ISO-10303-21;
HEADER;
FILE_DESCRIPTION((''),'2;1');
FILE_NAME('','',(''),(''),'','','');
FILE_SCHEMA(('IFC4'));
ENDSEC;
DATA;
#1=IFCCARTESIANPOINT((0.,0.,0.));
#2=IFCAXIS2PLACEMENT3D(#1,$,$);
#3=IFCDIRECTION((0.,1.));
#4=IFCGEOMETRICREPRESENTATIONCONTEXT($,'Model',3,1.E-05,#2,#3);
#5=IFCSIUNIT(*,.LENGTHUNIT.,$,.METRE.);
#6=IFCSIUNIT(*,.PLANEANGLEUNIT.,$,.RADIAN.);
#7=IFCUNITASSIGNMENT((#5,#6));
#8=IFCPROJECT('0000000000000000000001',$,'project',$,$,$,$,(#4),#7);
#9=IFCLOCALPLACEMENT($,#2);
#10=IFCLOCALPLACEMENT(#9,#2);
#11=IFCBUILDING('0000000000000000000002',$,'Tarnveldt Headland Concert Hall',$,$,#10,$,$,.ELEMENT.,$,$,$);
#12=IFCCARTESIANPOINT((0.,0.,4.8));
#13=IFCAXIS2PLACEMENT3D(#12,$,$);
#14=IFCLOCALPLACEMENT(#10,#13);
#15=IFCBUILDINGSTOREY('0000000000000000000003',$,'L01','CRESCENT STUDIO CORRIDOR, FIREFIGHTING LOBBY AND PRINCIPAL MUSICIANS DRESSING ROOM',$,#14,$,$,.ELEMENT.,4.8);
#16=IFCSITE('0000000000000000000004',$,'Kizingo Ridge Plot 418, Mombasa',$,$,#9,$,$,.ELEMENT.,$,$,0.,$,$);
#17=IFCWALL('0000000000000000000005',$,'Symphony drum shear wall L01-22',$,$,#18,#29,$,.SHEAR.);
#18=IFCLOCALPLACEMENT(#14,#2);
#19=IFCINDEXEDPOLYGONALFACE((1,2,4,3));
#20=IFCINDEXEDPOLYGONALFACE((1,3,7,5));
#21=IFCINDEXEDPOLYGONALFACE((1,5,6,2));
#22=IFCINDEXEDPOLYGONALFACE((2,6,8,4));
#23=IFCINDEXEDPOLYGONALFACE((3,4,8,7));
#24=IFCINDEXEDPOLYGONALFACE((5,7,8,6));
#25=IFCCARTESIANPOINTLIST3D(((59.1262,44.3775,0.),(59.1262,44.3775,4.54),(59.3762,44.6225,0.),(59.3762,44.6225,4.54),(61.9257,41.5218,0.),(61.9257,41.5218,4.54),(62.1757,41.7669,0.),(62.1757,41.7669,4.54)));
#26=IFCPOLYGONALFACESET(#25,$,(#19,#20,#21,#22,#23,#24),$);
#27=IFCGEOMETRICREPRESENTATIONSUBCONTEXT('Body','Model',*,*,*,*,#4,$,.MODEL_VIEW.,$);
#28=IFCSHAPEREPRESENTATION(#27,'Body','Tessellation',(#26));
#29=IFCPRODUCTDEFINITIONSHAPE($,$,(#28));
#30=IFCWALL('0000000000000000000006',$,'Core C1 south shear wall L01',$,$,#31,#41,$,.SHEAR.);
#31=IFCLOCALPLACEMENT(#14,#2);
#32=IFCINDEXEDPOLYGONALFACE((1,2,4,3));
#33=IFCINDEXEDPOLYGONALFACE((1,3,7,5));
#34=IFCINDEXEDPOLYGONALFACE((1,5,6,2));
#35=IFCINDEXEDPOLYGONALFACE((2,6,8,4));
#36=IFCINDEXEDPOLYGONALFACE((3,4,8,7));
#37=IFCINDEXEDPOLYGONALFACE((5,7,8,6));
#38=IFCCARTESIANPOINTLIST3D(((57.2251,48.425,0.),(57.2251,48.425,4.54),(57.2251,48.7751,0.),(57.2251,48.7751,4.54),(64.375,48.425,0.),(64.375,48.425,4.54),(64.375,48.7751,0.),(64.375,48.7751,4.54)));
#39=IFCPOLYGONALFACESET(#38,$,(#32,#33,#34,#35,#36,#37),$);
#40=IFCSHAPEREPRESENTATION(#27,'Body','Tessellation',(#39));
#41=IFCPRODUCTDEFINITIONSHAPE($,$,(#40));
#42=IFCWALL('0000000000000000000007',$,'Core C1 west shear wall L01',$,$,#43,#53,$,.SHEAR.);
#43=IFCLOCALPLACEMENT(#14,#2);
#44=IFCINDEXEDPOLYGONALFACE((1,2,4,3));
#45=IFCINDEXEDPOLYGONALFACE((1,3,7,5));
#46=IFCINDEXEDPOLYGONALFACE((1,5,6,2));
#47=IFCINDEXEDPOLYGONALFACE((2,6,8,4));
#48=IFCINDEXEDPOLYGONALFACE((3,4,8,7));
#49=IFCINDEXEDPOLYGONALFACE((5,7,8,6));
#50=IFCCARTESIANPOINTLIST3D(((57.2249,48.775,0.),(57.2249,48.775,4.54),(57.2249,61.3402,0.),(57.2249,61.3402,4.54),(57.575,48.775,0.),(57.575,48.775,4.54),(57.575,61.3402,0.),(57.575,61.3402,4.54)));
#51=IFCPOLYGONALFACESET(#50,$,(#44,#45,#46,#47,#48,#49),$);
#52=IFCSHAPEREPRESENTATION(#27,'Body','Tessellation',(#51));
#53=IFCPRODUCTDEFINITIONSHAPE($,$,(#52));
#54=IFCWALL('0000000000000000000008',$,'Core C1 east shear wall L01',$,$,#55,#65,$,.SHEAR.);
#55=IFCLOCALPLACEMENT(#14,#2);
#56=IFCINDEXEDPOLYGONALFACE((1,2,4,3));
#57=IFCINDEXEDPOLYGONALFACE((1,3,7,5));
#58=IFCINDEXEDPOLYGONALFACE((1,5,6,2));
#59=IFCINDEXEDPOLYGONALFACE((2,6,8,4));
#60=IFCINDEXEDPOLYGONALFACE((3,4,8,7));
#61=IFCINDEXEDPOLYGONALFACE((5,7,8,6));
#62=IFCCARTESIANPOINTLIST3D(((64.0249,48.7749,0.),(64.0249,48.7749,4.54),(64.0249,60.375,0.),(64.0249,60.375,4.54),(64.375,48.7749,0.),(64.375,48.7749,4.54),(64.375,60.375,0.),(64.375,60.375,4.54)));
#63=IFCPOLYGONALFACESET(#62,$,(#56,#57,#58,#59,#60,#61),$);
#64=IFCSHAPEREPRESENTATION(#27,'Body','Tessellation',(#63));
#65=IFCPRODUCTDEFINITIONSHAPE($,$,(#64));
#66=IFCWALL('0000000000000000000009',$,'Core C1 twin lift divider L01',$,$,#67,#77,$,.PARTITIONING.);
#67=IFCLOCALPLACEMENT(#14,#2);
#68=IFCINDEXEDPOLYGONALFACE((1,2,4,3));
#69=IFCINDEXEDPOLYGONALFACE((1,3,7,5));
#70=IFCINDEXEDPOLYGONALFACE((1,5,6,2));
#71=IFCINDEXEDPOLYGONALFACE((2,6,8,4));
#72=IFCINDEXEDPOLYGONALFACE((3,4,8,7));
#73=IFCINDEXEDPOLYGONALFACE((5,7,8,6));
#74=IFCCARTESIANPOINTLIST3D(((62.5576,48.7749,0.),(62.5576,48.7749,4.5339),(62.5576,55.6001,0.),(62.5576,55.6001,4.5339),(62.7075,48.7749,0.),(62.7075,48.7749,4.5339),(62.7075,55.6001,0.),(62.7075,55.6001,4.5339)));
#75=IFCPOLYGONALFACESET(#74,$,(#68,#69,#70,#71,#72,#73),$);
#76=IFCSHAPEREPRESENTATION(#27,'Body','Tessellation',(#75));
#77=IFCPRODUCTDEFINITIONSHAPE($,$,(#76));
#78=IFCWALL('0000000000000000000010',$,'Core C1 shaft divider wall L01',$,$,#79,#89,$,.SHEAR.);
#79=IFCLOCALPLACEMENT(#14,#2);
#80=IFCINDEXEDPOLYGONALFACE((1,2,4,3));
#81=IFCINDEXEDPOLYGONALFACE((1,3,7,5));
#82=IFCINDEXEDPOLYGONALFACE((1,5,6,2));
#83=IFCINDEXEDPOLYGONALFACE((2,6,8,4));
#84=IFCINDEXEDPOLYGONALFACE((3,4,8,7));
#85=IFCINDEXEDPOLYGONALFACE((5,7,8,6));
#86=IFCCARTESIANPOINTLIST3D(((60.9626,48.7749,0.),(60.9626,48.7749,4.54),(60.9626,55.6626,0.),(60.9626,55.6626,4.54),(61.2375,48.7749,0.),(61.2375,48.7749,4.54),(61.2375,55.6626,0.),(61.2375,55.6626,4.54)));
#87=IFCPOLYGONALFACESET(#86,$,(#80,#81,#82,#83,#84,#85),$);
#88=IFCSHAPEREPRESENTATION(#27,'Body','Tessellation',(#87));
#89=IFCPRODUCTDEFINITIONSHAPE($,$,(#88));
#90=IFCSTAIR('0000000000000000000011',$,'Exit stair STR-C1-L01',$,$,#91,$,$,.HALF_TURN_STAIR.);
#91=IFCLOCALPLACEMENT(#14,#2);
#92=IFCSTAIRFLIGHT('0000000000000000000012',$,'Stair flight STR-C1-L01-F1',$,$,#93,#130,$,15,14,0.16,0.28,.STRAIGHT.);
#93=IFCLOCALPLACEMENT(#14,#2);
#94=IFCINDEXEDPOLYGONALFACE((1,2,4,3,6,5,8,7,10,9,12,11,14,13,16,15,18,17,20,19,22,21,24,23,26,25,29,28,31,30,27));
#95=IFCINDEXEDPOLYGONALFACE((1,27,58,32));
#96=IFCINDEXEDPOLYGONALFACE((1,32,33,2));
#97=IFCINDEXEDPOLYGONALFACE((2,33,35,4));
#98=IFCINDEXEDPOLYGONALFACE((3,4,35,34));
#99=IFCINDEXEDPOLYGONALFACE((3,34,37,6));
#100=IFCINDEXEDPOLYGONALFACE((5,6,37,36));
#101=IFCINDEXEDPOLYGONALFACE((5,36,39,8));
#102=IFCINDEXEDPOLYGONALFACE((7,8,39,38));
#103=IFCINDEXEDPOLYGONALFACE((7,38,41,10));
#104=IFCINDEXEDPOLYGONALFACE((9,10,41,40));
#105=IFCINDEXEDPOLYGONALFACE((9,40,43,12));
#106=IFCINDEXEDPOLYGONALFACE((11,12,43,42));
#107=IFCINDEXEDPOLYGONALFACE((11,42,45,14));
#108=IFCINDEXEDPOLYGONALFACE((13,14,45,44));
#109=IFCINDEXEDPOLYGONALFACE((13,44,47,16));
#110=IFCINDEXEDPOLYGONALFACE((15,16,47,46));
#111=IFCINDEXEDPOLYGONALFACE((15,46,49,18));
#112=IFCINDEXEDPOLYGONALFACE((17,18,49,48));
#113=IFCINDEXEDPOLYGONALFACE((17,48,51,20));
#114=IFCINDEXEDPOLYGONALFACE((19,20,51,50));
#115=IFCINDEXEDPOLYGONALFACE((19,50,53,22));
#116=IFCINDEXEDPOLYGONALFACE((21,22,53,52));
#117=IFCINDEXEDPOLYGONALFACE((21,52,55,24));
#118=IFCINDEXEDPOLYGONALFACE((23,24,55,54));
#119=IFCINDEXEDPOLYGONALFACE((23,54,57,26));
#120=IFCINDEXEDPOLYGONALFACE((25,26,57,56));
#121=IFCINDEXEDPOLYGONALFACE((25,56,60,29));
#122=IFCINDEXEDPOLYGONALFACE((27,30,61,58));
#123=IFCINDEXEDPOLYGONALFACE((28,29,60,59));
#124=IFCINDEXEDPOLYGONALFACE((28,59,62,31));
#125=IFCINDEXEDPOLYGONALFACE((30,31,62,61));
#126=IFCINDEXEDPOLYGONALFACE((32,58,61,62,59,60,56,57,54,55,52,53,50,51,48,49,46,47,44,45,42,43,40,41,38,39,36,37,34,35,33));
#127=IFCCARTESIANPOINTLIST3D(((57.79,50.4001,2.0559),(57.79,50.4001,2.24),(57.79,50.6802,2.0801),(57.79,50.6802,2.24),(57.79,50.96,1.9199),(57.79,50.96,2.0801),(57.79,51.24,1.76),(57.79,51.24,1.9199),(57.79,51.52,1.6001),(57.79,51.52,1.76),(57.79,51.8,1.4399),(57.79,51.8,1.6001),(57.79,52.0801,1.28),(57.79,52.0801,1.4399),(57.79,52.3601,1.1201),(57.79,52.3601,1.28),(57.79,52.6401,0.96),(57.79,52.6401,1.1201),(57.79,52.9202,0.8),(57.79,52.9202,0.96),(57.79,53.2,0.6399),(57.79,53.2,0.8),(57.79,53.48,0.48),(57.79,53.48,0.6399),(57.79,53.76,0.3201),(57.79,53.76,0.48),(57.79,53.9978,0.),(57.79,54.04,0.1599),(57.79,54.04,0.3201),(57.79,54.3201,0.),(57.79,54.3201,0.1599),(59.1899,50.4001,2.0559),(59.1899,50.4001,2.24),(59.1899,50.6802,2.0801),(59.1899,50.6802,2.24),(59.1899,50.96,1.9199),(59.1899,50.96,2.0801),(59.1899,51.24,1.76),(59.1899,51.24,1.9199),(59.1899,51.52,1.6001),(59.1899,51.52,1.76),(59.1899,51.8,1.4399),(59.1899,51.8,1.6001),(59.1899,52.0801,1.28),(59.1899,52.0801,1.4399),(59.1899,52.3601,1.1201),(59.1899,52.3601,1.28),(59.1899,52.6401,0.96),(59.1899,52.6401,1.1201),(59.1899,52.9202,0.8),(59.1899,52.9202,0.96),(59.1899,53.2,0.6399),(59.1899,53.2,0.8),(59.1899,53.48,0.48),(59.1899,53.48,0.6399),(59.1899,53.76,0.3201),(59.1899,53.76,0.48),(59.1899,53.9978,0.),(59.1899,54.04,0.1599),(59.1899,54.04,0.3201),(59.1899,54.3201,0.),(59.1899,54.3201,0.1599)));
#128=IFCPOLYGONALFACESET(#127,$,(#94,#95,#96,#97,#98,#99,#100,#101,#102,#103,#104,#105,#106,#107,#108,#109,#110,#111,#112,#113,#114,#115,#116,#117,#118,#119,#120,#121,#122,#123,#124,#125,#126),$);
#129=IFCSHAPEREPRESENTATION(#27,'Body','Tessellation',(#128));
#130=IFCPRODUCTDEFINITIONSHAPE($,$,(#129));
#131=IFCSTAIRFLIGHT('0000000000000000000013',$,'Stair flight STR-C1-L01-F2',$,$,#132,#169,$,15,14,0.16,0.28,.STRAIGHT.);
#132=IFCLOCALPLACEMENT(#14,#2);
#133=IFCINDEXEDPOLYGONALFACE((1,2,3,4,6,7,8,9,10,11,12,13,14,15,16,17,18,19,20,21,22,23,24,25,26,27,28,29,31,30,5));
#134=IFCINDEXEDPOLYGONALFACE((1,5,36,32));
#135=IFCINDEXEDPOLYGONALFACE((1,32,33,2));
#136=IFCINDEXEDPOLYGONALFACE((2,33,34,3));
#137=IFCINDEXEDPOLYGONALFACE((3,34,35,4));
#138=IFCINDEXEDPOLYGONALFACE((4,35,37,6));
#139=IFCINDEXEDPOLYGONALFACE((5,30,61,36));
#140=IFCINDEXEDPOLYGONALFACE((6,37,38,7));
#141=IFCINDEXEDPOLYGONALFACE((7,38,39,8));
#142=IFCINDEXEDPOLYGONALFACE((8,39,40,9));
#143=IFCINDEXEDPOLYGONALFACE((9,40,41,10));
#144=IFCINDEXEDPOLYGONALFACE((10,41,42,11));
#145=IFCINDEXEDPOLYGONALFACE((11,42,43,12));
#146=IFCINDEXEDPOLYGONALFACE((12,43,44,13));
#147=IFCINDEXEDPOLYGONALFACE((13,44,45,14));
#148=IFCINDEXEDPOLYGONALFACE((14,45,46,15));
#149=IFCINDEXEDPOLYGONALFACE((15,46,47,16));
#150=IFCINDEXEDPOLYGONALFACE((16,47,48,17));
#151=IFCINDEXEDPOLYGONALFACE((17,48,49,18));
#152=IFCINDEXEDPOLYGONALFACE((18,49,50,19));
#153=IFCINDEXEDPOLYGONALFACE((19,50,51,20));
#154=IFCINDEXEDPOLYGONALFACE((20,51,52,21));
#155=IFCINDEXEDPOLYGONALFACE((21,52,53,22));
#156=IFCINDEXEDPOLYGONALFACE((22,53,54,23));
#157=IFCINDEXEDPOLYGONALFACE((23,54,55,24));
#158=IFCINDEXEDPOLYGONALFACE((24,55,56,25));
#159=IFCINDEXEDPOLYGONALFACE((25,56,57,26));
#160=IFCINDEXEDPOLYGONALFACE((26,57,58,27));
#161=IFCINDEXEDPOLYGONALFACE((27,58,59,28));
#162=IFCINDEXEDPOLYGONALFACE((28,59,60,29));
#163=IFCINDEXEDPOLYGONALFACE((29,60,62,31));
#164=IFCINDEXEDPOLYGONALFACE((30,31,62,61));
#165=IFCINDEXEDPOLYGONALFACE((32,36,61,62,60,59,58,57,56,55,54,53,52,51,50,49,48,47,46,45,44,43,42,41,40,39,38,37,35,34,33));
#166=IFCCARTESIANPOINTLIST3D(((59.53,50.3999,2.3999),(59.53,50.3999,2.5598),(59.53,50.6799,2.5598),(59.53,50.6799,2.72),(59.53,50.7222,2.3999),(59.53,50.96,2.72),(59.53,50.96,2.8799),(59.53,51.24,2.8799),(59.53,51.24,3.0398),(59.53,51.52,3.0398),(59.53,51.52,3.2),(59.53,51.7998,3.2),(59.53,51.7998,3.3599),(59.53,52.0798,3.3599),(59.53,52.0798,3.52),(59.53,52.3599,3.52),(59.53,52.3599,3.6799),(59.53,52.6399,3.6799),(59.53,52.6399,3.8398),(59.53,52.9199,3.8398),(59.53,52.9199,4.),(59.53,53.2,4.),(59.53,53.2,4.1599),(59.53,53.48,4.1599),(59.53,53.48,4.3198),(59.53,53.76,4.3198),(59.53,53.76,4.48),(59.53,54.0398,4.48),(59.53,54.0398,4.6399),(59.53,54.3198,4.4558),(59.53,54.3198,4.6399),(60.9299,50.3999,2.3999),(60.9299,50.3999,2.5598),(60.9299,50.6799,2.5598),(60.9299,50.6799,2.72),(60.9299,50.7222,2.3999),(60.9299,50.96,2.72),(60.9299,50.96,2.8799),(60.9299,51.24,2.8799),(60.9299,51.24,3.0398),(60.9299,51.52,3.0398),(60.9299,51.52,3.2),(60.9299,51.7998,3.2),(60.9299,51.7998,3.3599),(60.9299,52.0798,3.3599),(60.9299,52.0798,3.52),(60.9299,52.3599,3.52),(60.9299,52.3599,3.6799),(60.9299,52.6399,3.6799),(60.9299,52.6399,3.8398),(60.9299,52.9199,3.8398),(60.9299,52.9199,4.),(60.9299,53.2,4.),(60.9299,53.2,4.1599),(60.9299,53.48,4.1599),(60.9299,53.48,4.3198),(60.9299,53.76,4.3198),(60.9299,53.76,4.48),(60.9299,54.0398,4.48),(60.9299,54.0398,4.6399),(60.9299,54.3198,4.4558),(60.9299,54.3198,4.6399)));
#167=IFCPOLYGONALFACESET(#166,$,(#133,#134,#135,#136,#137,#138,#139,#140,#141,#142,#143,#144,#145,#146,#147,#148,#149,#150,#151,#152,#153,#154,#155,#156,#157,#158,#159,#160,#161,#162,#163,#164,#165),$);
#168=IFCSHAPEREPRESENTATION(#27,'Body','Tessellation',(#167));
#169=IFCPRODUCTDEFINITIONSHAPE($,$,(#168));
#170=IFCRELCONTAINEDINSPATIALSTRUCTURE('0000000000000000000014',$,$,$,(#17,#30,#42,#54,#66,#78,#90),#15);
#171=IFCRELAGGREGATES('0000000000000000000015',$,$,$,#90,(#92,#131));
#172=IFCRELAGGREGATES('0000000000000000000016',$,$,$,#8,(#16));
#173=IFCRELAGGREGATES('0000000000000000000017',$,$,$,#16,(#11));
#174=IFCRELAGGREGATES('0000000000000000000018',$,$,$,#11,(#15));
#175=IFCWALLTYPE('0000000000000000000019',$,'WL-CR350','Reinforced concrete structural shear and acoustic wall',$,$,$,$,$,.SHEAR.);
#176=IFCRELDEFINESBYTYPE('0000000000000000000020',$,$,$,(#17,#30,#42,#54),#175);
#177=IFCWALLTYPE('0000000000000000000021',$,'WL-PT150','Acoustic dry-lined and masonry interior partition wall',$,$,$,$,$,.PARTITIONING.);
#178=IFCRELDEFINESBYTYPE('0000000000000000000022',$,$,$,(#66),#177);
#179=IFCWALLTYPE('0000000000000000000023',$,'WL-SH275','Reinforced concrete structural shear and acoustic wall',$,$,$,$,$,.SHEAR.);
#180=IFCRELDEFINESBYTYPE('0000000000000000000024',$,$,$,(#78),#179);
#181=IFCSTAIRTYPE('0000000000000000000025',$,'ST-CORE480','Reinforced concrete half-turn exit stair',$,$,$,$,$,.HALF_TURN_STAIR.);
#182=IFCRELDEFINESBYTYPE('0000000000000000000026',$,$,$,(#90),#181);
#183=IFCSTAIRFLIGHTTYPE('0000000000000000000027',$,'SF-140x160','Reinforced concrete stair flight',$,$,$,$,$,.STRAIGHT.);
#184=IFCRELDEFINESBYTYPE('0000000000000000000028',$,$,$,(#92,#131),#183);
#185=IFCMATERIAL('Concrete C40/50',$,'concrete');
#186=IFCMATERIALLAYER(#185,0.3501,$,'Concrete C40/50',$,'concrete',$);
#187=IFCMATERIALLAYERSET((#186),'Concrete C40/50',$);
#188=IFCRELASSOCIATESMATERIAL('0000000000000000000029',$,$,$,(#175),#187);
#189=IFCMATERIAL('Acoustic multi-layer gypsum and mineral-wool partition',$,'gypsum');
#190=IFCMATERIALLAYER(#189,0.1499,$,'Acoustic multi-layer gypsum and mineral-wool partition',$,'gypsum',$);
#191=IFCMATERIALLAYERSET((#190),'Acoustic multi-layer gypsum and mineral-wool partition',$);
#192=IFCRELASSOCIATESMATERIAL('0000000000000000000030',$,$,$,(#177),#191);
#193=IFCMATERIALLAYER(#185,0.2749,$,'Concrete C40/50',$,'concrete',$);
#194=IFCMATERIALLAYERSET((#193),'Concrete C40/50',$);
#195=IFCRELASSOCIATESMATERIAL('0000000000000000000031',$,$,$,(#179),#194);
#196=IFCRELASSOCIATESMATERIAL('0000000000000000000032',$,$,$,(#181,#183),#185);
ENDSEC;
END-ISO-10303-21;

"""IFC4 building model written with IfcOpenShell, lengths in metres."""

from ifc_helpers import new_model, si_unit, direction, frame, frame_2d, origin, place, context, subcontext, project, spatial, polyline, rectangle, outline, extrude, material, layer, layer_set, type_object, element, aggregate, save


model = new_model("IFC4")

# Units and contexts
model_context = context("Model", 3, precision=1e-05, world=origin(), true_north=direction((0.0, 1.0)))
body_context = subcontext(model_context, "Body", "Model", "MODEL_VIEW")
ifc_project = project(units=[si_unit("LENGTHUNIT", "METRE"), si_unit("PLANEANGLEUNIT", "RADIAN")], contexts=[model_context])

# Site, building, storey
site_placement = place(None, origin())
site = spatial("IfcSite", under=ifc_project, at=site_placement, Name="Kizingo Ridge Plot 418, Mombasa", CompositionType="ELEMENT", RefElevation=0.0)
building_placement = place(site_placement, origin())
building = spatial("IfcBuilding", under=site, at=building_placement, Name="Tarnveldt Headland Concert Hall", CompositionType="ELEMENT")
storey_placement = place(building_placement, frame((0.0, 0.0, 4.8)))
storey = spatial("IfcBuildingStorey", under=building, at=storey_placement, Name="L01", Description="CRESCENT STUDIO CORRIDOR, FIREFIGHTING LOBBY AND PRINCIPAL MUSICIANS DRESSING ROOM", CompositionType="ELEMENT", Elevation=4.8)

# Shared definitions
ifc_material_1 = material(Name="Concrete C40/50", Category="concrete")

# Walls
ifc_layer_1 = layer(ifc_material_1, 0.3501, Name="Concrete C40/50", Category="concrete")
ifc_layer_set_1 = layer_set([ifc_layer_1], Name="Concrete C40/50")
wall_type_1 = type_object("IfcWallType", Name="WL-CR350", Description="Reinforced concrete structural shear and acoustic wall", PredefinedType="SHEAR", material=ifc_layer_set_1)
wall_1_placement = place(storey_placement, frame((59.2512, 44.5, 0.0), z_axis=(0.0, 0.0, 1.0), x_axis=(0.700051, -0.714093, 0.0)))
element("IfcWall", 1, at=wall_1_placement, inside=storey, type_object=wall_type_1, Name="Symphony drum shear wall L01-22", PredefinedType="SHEAR", context=body_context, shape_type="SweptSolid", body=[
    extrude(rectangle(XDim=3.999, YDim=0.3501, at=frame_2d((1.9995, 0.0))), origin(), (0.0, 0.0, 1.0), 4.54),
])
wall_2_placement = place(storey_placement, frame((57.2251, 48.6001, 0.0), z_axis=(0.0, 0.0, 1.0), x_axis=(1.0, 0.0, 0.0)))
element("IfcWall", 2, at=wall_2_placement, inside=storey, type_object=wall_type_1, Name="Core C1 south shear wall L01", PredefinedType="SHEAR", context=body_context, shape_type="SweptSolid", body=[
    extrude(rectangle(XDim=7.1499, YDim=0.3501, at=frame_2d((3.575, 0.0))), origin(), (0.0, 0.0, 1.0), 4.54),
])
wall_3_placement = place(storey_placement, frame((57.3999, 48.7749, 0.0), z_axis=(0.0, 0.0, 1.0), x_axis=(0.0, 1.0, 0.0)))
element("IfcWall", 3, at=wall_3_placement, inside=storey, type_object=wall_type_1, Name="Core C1 west shear wall L01", PredefinedType="SHEAR", context=body_context, shape_type="SweptSolid", body=[
    extrude(rectangle(XDim=12.5652, YDim=0.3501, at=frame_2d((6.2827, 0.0))), origin(), (0.0, 0.0, 1.0), 4.54),
])
wall_4_placement = place(storey_placement, frame((64.2, 48.7749, 0.0), z_axis=(0.0, 0.0, 1.0), x_axis=(0.0, 1.0, 0.0)))
element("IfcWall", 4, at=wall_4_placement, inside=storey, type_object=wall_type_1, Name="Core C1 east shear wall L01", PredefinedType="SHEAR", context=body_context, shape_type="SweptSolid", body=[
    extrude(rectangle(XDim=11.6001, YDim=0.3501, at=frame_2d((5.8, 0.0))), origin(), (0.0, 0.0, 1.0), 4.54),
])
ifc_material_2 = material(Name="Acoustic multi-layer gypsum and mineral-wool partition", Category="gypsum")
ifc_layer_2 = layer(ifc_material_2, 0.1499, Name="Acoustic multi-layer gypsum and mineral-wool partition", Category="gypsum")
ifc_layer_set_2 = layer_set([ifc_layer_2], Name="Acoustic multi-layer gypsum and mineral-wool partition")
wall_type_2 = type_object("IfcWallType", Name="WL-PT150", Description="Acoustic dry-lined and masonry interior partition wall", PredefinedType="PARTITIONING", material=ifc_layer_set_2)
wall_5_placement = place(storey_placement, frame((62.6326, 48.7749, 0.0), z_axis=(0.0, 0.0, 1.0), x_axis=(0.0, 1.0, 0.0)))
element("IfcWall", 5, at=wall_5_placement, inside=storey, type_object=wall_type_2, Name="Core C1 twin lift divider L01", PredefinedType="PARTITIONING", context=body_context, shape_type="SweptSolid", body=[
    extrude(rectangle(XDim=6.8252, YDim=0.1499, at=frame_2d((3.4126, 0.0))), origin(), (0.0, 0.0, 1.0), 4.5339),
])
ifc_layer_3 = layer(ifc_material_1, 0.2749, Name="Concrete C40/50", Category="concrete")
ifc_layer_set_3 = layer_set([ifc_layer_3], Name="Concrete C40/50")
wall_type_3 = type_object("IfcWallType", Name="WL-SH275", Description="Reinforced concrete structural shear and acoustic wall", PredefinedType="SHEAR", material=ifc_layer_set_3)
wall_6_placement = place(storey_placement, frame((61.1001, 48.7749, 0.0), z_axis=(0.0, 0.0, 1.0), x_axis=(0.0, 1.0, 0.0)))
element("IfcWall", 6, at=wall_6_placement, inside=storey, type_object=wall_type_3, Name="Core C1 shaft divider wall L01", PredefinedType="SHEAR", context=body_context, shape_type="SweptSolid", body=[
    extrude(rectangle(XDim=6.8877, YDim=0.2749, at=frame_2d((3.4438, 0.0))), origin(), (0.0, 0.0, 1.0), 4.54),
])

# Stair, stair flights
stair_type = type_object("IfcStairType", Name="ST-CORE480", Description="Reinforced concrete half-turn exit stair", PredefinedType="HALF_TURN_STAIR", material=ifc_material_1)
stair_placement = place(storey_placement, origin())
stair = element("IfcStair", 7, at=stair_placement, inside=storey, type_object=stair_type, Name="Exit stair STR-C1-L01", PredefinedType="HALF_TURN_STAIR")
stair_flight_type = type_object("IfcStairFlightType", Name="SF-140x160", Description="Reinforced concrete stair flight", PredefinedType="STRAIGHT", material=ifc_material_1)
stair_flight_1_placement = place(storey_placement, frame((58.49, 54.3201, 0.0), z_axis=(0.0, 0.0, 1.0), x_axis=(0.0, -1.0, 0.0)))
stair_flight_1 = element("IfcStairFlight", 8, at=stair_flight_1_placement, type_object=stair_flight_type, Name="Stair flight STR-C1-L01-F1", NumberOfRisers=15, NumberOfTreads=14, PredefinedType="STRAIGHT", RiserHeight=0.16, TreadLength=0.28, context=body_context, shape_type="SweptSolid", body=[
    extrude(outline(polyline([(0.0, 0.0), (0.0, 0.1599), (0.28, 0.1599), (0.28, 0.3201), (0.5601, 0.3201), (0.5601, 0.48), (0.8401, 0.48), (0.8401, 0.6399), (1.1201, 0.6399), (1.1201, 0.8), (1.3999, 0.8), (1.3999, 0.96), (1.6799, 0.96), (1.6799, 1.1201), (1.96, 1.1201), (1.96, 1.28), (2.24, 1.28), (2.24, 1.4399), (2.52, 1.4399), (2.52, 1.6001), (2.8, 1.6001), (2.8, 1.76), (3.0801, 1.76), (3.0801, 1.9199), (3.3601, 1.9199), (3.3601, 2.0801), (3.6399, 2.0801), (3.6399, 2.24), (3.9199, 2.24), (3.9199, 2.3999), (3.9199, 2.0559), (0.3223, 0.0), (0.0, 0.0)])), frame((0.0, 0.7, 0.0), z_axis=(0.0, -1.0, 0.0), x_axis=(1.0, 0.0, 0.0)), (0.0, 0.0, 1.0), 1.3999),
])
stair_flight_2_placement = place(storey_placement, frame((60.23, 50.3999, 2.3999), z_axis=(0.0, 0.0, 1.0), x_axis=(0.0, 1.0, 0.0)))
stair_flight_2 = element("IfcStairFlight", 9, at=stair_flight_2_placement, type_object=stair_flight_type, Name="Stair flight STR-C1-L01-F2", NumberOfRisers=15, NumberOfTreads=14, PredefinedType="STRAIGHT", RiserHeight=0.16, TreadLength=0.28, context=body_context, shape_type="SweptSolid", body=[
    extrude(outline(polyline([(0.0, 0.0), (0.0, 0.1599), (0.28, 0.1599), (0.28, 0.3201), (0.5601, 0.3201), (0.5601, 0.48), (0.8401, 0.48), (0.8401, 0.6399), (1.1201, 0.6399), (1.1201, 0.8), (1.3999, 0.8), (1.3999, 0.96), (1.6799, 0.96), (1.6799, 1.1201), (1.96, 1.1201), (1.96, 1.28), (2.24, 1.28), (2.24, 1.4399), (2.52, 1.4399), (2.52, 1.6001), (2.8, 1.6001), (2.8, 1.76), (3.0801, 1.76), (3.0801, 1.9199), (3.3601, 1.9199), (3.3601, 2.0801), (3.6399, 2.0801), (3.6399, 2.24), (3.9199, 2.24), (3.9199, 2.3999), (3.9199, 2.0559), (0.3223, 0.0), (0.0, 0.0)])), frame((0.0, 0.7, 0.0), z_axis=(0.0, -1.0, 0.0), x_axis=(1.0, 0.0, 0.0)), (0.0, 0.0, 1.0), 1.3999),
])
aggregate(stair, [stair_flight_1, stair_flight_2])

save(model, "model.ifc")
